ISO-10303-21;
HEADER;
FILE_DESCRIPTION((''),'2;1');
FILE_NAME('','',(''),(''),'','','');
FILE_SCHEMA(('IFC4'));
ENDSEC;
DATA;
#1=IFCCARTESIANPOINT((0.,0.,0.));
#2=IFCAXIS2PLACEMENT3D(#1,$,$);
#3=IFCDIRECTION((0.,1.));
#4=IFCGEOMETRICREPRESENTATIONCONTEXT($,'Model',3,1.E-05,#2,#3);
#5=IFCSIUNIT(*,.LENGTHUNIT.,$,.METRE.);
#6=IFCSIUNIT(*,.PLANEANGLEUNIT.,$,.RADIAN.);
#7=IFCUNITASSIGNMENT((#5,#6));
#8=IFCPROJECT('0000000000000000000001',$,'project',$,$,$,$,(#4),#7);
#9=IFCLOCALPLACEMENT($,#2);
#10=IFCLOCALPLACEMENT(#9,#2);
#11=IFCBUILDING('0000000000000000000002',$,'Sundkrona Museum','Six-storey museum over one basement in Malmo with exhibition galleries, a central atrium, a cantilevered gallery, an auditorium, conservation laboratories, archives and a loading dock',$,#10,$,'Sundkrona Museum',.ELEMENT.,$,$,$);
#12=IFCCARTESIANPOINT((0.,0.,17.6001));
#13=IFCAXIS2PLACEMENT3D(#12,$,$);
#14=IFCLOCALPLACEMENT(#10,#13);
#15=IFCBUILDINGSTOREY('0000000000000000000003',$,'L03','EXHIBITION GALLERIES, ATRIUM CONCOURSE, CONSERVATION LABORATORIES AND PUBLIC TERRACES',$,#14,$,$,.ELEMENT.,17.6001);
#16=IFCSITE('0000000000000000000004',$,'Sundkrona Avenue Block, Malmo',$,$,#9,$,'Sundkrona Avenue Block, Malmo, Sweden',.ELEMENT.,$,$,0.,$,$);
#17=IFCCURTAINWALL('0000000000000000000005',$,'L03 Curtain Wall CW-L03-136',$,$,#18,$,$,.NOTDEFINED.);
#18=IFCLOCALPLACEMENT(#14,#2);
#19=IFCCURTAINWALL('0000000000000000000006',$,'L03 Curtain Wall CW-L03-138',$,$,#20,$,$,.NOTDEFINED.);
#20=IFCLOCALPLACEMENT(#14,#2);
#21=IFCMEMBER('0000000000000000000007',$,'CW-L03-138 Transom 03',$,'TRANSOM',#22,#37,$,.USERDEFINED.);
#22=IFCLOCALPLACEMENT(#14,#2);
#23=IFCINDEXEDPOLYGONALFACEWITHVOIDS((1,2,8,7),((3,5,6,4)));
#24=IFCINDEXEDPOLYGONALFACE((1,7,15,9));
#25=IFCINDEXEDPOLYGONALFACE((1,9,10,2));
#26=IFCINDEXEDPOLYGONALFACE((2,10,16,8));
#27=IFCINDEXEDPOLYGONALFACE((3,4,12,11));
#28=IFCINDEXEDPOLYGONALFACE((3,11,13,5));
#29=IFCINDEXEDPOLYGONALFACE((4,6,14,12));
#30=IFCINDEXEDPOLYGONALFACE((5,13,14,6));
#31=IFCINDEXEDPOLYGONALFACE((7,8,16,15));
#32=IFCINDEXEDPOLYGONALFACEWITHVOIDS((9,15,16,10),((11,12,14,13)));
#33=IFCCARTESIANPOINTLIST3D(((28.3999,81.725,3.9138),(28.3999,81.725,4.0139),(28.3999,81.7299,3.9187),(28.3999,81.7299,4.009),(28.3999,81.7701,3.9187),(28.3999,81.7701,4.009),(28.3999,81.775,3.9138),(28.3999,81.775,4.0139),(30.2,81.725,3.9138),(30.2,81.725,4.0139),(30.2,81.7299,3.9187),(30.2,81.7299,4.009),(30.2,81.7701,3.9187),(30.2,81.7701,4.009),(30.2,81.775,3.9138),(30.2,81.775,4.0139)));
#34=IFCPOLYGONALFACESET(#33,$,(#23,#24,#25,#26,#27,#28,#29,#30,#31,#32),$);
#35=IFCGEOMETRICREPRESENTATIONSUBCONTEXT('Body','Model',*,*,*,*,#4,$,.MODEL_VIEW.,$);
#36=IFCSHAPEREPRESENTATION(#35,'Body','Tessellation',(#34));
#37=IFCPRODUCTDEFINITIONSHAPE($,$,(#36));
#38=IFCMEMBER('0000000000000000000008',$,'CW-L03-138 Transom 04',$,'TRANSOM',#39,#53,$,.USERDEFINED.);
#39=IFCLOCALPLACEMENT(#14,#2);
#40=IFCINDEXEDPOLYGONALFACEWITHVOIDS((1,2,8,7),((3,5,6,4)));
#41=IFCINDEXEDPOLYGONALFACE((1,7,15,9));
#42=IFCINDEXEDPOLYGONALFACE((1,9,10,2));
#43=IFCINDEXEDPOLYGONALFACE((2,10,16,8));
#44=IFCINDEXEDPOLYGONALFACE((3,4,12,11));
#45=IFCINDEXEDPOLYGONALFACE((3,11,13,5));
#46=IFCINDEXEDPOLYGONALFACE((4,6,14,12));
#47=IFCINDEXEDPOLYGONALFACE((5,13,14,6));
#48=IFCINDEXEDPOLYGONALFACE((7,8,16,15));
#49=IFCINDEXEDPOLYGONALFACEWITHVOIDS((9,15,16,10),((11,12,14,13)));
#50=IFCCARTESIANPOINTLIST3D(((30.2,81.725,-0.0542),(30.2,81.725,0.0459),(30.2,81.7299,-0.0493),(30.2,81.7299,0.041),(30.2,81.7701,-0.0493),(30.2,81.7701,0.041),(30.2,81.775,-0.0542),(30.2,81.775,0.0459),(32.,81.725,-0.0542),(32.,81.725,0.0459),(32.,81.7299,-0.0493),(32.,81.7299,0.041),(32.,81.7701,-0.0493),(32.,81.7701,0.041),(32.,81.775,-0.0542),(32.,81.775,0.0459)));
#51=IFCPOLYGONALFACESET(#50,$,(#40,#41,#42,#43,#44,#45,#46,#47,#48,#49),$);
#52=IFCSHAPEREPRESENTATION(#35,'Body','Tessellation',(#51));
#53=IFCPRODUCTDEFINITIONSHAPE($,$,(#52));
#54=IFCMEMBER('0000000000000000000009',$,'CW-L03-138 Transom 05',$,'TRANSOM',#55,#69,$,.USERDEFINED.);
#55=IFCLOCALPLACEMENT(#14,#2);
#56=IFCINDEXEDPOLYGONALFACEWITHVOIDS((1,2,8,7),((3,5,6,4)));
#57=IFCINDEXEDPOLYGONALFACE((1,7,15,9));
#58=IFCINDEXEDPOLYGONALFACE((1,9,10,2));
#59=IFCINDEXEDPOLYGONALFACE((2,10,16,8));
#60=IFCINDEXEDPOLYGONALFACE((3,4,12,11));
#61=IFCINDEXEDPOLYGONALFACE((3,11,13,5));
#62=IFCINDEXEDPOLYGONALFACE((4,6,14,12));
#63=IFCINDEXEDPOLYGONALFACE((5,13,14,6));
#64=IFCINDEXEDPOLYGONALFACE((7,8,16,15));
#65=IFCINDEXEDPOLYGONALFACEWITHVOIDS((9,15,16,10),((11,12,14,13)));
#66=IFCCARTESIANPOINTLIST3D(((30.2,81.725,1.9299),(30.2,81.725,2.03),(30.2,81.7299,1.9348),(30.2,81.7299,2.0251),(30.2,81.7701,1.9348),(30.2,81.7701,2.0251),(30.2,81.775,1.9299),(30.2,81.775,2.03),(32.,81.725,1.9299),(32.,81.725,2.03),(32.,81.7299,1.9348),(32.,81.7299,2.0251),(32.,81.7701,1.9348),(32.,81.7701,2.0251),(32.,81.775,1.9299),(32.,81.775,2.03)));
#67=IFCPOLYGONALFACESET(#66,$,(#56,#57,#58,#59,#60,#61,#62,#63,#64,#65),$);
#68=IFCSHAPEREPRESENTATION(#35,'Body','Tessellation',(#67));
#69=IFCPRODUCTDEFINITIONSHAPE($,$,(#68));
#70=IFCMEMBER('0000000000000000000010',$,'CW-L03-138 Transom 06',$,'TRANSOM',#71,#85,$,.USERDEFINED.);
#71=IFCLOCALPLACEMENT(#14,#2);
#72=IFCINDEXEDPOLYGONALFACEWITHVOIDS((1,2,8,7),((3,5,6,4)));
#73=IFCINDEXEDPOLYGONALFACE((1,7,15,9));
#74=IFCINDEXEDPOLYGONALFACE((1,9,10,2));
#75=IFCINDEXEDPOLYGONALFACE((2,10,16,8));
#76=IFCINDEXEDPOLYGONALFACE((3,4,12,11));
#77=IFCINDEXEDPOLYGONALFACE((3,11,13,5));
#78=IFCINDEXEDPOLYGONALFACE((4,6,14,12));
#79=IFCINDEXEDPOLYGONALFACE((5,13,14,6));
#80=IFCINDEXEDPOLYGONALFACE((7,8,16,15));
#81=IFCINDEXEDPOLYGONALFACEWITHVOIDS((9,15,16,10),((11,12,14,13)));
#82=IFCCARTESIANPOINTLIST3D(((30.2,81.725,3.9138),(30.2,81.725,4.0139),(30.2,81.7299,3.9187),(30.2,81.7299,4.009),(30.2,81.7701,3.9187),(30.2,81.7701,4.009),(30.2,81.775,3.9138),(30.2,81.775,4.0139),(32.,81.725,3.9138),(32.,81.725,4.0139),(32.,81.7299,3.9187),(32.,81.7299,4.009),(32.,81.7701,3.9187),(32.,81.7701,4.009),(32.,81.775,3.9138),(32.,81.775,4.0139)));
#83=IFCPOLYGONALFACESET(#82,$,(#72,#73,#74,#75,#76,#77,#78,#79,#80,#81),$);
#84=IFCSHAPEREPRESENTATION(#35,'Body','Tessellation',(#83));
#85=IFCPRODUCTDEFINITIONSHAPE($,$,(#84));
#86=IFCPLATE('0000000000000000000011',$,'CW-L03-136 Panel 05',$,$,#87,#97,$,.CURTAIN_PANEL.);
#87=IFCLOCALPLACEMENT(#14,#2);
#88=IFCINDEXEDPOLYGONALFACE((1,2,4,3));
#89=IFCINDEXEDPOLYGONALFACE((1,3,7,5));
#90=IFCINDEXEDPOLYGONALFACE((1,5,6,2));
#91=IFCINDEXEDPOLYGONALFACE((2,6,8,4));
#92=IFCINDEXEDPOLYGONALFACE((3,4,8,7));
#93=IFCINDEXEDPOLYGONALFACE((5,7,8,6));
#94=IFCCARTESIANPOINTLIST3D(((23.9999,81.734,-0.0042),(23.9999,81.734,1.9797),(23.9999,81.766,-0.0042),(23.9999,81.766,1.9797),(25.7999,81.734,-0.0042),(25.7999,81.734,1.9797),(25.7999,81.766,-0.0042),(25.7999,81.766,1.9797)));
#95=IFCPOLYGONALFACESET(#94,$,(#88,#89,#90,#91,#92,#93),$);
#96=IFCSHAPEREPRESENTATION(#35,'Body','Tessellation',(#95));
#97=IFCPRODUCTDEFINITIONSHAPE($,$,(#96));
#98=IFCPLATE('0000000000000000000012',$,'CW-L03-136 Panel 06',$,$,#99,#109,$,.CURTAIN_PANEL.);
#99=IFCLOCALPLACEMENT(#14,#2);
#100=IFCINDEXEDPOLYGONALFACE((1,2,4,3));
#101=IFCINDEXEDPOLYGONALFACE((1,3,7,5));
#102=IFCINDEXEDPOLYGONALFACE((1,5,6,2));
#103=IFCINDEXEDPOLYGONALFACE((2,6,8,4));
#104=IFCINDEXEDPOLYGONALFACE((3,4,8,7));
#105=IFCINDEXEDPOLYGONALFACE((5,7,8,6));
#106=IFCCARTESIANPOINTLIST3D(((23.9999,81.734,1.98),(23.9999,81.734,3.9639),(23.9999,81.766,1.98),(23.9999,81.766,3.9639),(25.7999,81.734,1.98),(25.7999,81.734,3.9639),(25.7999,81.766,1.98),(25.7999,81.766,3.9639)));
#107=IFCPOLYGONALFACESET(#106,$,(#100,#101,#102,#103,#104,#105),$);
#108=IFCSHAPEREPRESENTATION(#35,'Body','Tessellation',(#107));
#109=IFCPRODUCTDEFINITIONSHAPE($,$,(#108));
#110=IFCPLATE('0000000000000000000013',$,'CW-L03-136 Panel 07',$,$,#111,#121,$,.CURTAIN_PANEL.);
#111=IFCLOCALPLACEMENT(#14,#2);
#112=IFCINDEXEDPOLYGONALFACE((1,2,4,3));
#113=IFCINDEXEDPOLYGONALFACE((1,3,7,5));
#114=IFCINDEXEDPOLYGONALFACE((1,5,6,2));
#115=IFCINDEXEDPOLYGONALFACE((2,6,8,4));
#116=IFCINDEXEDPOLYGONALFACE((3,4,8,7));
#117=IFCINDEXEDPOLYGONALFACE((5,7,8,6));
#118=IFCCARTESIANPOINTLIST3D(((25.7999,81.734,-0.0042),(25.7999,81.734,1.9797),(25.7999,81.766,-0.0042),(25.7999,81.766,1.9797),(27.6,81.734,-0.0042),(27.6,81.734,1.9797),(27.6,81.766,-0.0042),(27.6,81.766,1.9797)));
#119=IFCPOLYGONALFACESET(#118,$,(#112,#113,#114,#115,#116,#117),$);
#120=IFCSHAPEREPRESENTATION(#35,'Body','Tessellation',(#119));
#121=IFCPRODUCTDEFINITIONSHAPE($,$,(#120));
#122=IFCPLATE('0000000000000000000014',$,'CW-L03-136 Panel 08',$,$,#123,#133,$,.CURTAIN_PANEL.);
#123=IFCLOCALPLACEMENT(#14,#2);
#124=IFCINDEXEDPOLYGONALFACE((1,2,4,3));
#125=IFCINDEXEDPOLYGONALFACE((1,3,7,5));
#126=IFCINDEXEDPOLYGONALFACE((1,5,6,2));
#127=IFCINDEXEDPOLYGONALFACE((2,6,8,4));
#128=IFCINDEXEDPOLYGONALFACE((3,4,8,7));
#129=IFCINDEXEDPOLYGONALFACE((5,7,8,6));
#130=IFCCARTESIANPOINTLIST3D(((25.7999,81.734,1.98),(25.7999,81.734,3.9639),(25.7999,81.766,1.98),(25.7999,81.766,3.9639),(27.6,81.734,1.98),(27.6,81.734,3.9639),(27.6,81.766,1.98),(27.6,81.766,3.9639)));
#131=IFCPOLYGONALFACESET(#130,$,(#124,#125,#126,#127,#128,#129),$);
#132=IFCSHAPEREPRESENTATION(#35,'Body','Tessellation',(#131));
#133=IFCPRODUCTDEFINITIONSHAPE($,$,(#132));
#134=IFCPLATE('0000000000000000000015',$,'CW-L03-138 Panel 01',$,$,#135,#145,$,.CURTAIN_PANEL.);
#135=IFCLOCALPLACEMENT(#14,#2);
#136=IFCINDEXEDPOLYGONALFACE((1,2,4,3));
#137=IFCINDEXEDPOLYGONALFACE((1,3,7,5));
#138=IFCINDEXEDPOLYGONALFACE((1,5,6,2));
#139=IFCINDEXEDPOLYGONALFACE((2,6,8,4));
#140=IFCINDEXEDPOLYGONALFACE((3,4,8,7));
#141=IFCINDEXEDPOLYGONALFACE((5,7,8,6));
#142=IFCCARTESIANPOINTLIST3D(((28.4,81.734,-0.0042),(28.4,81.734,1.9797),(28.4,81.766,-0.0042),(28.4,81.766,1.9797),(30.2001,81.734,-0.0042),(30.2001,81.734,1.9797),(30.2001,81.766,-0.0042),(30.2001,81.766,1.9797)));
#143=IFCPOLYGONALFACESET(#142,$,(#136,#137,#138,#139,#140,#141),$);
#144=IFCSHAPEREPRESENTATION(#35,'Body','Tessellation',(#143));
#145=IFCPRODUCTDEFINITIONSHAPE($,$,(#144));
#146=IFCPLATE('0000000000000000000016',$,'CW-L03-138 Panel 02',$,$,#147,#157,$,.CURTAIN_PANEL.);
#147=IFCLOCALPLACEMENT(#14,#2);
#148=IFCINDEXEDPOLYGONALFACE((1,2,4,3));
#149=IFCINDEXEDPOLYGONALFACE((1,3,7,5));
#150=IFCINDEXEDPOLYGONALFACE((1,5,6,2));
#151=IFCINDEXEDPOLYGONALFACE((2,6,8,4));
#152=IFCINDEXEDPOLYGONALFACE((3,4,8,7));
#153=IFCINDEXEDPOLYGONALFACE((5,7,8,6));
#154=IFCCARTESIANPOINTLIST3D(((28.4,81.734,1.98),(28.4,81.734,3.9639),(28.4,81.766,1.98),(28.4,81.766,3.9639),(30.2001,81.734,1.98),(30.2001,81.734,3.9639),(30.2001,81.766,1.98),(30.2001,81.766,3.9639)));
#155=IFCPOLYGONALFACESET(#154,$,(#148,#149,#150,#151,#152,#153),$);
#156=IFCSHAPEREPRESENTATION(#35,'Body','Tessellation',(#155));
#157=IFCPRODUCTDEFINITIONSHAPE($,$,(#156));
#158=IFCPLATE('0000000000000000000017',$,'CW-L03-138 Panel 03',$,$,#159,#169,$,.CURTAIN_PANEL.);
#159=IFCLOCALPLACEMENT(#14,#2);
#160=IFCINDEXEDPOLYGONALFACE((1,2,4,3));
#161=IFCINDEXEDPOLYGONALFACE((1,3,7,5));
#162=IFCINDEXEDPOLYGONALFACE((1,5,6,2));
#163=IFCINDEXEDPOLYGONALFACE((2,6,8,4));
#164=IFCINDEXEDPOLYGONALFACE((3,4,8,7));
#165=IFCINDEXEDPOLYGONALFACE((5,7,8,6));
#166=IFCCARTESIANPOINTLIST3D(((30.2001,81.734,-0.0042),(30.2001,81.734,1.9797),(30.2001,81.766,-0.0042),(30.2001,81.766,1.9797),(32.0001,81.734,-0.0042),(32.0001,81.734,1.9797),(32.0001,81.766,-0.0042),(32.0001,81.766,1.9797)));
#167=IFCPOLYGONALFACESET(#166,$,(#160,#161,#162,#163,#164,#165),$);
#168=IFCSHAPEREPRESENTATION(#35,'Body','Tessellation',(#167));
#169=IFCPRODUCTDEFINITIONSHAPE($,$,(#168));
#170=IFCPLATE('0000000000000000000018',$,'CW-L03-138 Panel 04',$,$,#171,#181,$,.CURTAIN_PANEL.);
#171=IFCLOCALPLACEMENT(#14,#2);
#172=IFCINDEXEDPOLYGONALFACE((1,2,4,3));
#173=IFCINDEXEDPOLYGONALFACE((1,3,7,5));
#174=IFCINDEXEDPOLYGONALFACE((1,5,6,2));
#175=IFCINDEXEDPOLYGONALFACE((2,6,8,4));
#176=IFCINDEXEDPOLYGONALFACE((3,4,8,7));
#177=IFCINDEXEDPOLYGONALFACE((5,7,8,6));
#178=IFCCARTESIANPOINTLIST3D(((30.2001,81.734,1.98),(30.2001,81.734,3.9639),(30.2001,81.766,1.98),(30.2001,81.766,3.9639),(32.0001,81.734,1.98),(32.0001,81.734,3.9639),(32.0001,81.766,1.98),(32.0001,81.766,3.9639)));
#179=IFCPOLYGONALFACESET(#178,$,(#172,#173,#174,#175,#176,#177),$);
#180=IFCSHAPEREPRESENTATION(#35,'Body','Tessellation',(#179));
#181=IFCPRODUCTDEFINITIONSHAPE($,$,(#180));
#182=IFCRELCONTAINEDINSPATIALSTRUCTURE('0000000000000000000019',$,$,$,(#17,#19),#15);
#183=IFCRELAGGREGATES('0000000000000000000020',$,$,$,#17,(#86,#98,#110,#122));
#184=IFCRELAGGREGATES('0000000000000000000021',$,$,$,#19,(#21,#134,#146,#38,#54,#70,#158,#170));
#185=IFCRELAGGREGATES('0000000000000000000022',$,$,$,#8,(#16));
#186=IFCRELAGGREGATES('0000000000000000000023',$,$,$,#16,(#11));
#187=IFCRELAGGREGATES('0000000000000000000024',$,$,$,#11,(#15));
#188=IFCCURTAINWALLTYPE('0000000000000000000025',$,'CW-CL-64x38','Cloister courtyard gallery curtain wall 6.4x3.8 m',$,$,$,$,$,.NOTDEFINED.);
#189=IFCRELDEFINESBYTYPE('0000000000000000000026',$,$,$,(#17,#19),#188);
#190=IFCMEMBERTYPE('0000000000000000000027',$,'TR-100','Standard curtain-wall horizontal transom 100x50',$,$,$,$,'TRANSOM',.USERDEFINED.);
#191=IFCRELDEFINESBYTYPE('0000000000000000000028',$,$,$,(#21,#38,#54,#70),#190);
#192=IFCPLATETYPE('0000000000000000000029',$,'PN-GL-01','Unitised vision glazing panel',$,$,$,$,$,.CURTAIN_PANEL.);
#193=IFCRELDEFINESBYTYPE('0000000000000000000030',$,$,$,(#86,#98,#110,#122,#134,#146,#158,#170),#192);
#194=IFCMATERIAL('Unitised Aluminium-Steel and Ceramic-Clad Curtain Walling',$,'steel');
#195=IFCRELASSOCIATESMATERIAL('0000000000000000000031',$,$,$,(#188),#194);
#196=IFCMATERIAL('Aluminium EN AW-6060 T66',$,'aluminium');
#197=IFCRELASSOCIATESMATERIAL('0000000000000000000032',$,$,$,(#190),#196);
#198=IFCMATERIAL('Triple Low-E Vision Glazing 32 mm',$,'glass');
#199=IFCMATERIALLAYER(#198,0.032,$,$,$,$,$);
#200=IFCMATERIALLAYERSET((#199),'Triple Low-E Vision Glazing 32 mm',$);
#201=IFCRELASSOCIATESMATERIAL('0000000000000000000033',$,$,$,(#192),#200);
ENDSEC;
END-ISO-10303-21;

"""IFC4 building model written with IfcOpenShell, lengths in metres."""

from ifc_helpers import new_model, si_unit, direction, frame, origin, origin_2d, place, context, subcontext, project, spatial, rectangle, hollow_rectangle, extrude, material, layer, layer_set, material_profile, profile_set, type_object, element, aggregate, save


model = new_model("IFC4")

# Units and contexts
model_context = context("Model", 3, precision=1e-05, world=origin(), true_north=direction((0.0, 1.0)))
body_context = subcontext(model_context, "Body", "Model", "MODEL_VIEW")
ifc_project = project(units=[si_unit("LENGTHUNIT", "METRE"), si_unit("PLANEANGLEUNIT", "RADIAN")], contexts=[model_context])

# Site, building, storey
site_placement = place(None, origin())
site = spatial("IfcSite", under=ifc_project, at=site_placement, Name="Sundkrona Avenue Block, Malmo", LongName="Sundkrona Avenue Block, Malmo, Sweden", CompositionType="ELEMENT", RefElevation=0.0)
building_placement = place(site_placement, origin())
building = spatial("IfcBuilding", under=site, at=building_placement, Name="Sundkrona Museum", Description="Six-storey museum over one basement in Malmo with exhibition galleries, a central atrium, a cantilevered gallery, an auditorium, conservation laboratories, archives and a loading dock", LongName="Sundkrona Museum", CompositionType="ELEMENT")
storey_placement = place(building_placement, frame((0.0, 0.0, 17.6001)))
storey = spatial("IfcBuildingStorey", under=building, at=storey_placement, Name="L03", Description="EXHIBITION GALLERIES, ATRIUM CONCOURSE, CONSERVATION LABORATORIES AND PUBLIC TERRACES", CompositionType="ELEMENT", Elevation=17.6001)

# Curtain walls
ifc_material_1 = material(Name="Unitised Aluminium-Steel and Ceramic-Clad Curtain Walling", Category="steel")
curtain_wall_type = type_object("IfcCurtainWallType", Name="CW-CL-64x38", Description="Cloister courtyard gallery curtain wall 6.4x3.8 m", PredefinedType="NOTDEFINED", material=ifc_material_1)
curtain_wall_1_placement = place(storey_placement, origin())
curtain_wall_1 = element("IfcCurtainWall", 1, at=curtain_wall_1_placement, inside=storey, type_object=curtain_wall_type, Name="L03 Curtain Wall CW-L03-136", PredefinedType="NOTDEFINED")
ifc_material_2 = material(Name="Aluminium EN AW-6060 T66", Category="aluminium")
curtain_wall_2_placement = place(storey_placement, origin())
curtain_wall_2 = element("IfcCurtainWall", 2, at=curtain_wall_2_placement, inside=storey, type_object=curtain_wall_type, Name="L03 Curtain Wall CW-L03-138", PredefinedType="NOTDEFINED")

# Members
ifc_material_profile_1 = material_profile(ifc_material_2, hollow_rectangle(XDim=0.05, YDim=0.1001, WallThickness=0.0049, at=origin_2d()), Name="RHS 100x50x5.0")
ifc_profile_set_1 = profile_set([ifc_material_profile_1], Name="Aluminium EN AW-6060 T66")
member_type_1 = type_object("IfcMemberType", Name="TR-100", Description="Standard curtain-wall horizontal transom 100x50", ElementType="TRANSOM", PredefinedType="USERDEFINED", material=ifc_profile_set_1)
member_1_placement = place(storey_placement, frame((28.3999, 81.75, 3.9639), z_axis=(1.0, 0.0, 0.0), x_axis=(0.0, 1.0, 0.0)))
member_1 = element("IfcMember", 3, at=member_1_placement, type_object=member_type_1, Name="CW-L03-138 Transom 03", ObjectType="TRANSOM", PredefinedType="USERDEFINED", context=body_context, shape_type="SweptSolid", body=[
    extrude(hollow_rectangle(XDim=0.05, YDim=0.1001, WallThickness=0.0049, at=origin_2d()), origin(), (0.0, 0.0, 1.0), 1.8),
])
member_2_placement = place(storey_placement, frame((30.2, 81.75, -0.0042), z_axis=(1.0, 0.0, 0.0), x_axis=(0.0, 1.0, 0.0)))
member_2 = element("IfcMember", 4, at=member_2_placement, type_object=member_type_1, Name="CW-L03-138 Transom 04", ObjectType="TRANSOM", PredefinedType="USERDEFINED", context=body_context, shape_type="SweptSolid", body=[
    extrude(hollow_rectangle(XDim=0.05, YDim=0.1001, WallThickness=0.0049, at=origin_2d()), origin(), (0.0, 0.0, 1.0), 1.8),
])
member_3_placement = place(storey_placement, frame((30.2, 81.75, 1.98), z_axis=(1.0, 0.0, 0.0), x_axis=(0.0, 1.0, 0.0)))
member_3 = element("IfcMember", 5, at=member_3_placement, type_object=member_type_1, Name="CW-L03-138 Transom 05", ObjectType="TRANSOM", PredefinedType="USERDEFINED", context=body_context, shape_type="SweptSolid", body=[
    extrude(hollow_rectangle(XDim=0.05, YDim=0.1001, WallThickness=0.0049, at=origin_2d()), origin(), (0.0, 0.0, 1.0), 1.8),
])
member_4_placement = place(storey_placement, frame((30.2, 81.75, 3.9639), z_axis=(1.0, 0.0, 0.0), x_axis=(0.0, 1.0, 0.0)))
member_4 = element("IfcMember", 6, at=member_4_placement, type_object=member_type_1, Name="CW-L03-138 Transom 06", ObjectType="TRANSOM", PredefinedType="USERDEFINED", context=body_context, shape_type="SweptSolid", body=[
    extrude(hollow_rectangle(XDim=0.05, YDim=0.1001, WallThickness=0.0049, at=origin_2d()), origin(), (0.0, 0.0, 1.0), 1.8),
])

# Plates
ifc_material_3 = material(Name="Triple Low-E Vision Glazing 32 mm", Category="glass")
ifc_layer_1 = layer(ifc_material_3, 0.032)
ifc_layer_set_1 = layer_set([ifc_layer_1], Name="Triple Low-E Vision Glazing 32 mm")
plate_type = type_object("IfcPlateType", Name="PN-GL-01", Description="Unitised vision glazing panel", PredefinedType="CURTAIN_PANEL", material=ifc_layer_set_1)
plate_1_placement = place(storey_placement, frame((24.8999, 81.75, -0.0042), z_axis=(0.0, 0.0, 1.0), x_axis=(1.0, 0.0, 0.0)))
plate_1 = element("IfcPlate", 7, at=plate_1_placement, type_object=plate_type, Name="CW-L03-136 Panel 05", PredefinedType="CURTAIN_PANEL", context=body_context, shape_type="SweptSolid", body=[
    extrude(rectangle(XDim=1.8, YDim=0.032, at=origin_2d()), origin(), (0.0, 0.0, 1.0), 1.9839),
])
plate_2_placement = place(storey_placement, frame((24.8999, 81.75, 1.98), z_axis=(0.0, 0.0, 1.0), x_axis=(1.0, 0.0, 0.0)))
plate_2 = element("IfcPlate", 8, at=plate_2_placement, type_object=plate_type, Name="CW-L03-136 Panel 06", PredefinedType="CURTAIN_PANEL", context=body_context, shape_type="SweptSolid", body=[
    extrude(rectangle(XDim=1.8, YDim=0.032, at=origin_2d()), origin(), (0.0, 0.0, 1.0), 1.9839),
])
plate_3_placement = place(storey_placement, frame((26.7, 81.75, -0.0042), z_axis=(0.0, 0.0, 1.0), x_axis=(1.0, 0.0, 0.0)))
plate_3 = element("IfcPlate", 9, at=plate_3_placement, type_object=plate_type, Name="CW-L03-136 Panel 07", PredefinedType="CURTAIN_PANEL", context=body_context, shape_type="SweptSolid", body=[
    extrude(rectangle(XDim=1.8, YDim=0.032, at=origin_2d()), origin(), (0.0, 0.0, 1.0), 1.9839),
])
plate_4_placement = place(storey_placement, frame((26.7, 81.75, 1.98), z_axis=(0.0, 0.0, 1.0), x_axis=(1.0, 0.0, 0.0)))
plate_4 = element("IfcPlate", 10, at=plate_4_placement, type_object=plate_type, Name="CW-L03-136 Panel 08", PredefinedType="CURTAIN_PANEL", context=body_context, shape_type="SweptSolid", body=[
    extrude(rectangle(XDim=1.8, YDim=0.032, at=origin_2d()), origin(), (0.0, 0.0, 1.0), 1.9839),
])
aggregate(curtain_wall_1, [plate_1, plate_2, plate_3, plate_4])
plate_5_placement = place(storey_placement, frame((29.3, 81.75, -0.0042), z_axis=(0.0, 0.0, 1.0), x_axis=(1.0, 0.0, 0.0)))
plate_5 = element("IfcPlate", 11, at=plate_5_placement, type_object=plate_type, Name="CW-L03-138 Panel 01", PredefinedType="CURTAIN_PANEL", context=body_context, shape_type="SweptSolid", body=[
    extrude(rectangle(XDim=1.8, YDim=0.032, at=origin_2d()), origin(), (0.0, 0.0, 1.0), 1.9839),
])
plate_6_placement = place(storey_placement, frame((29.3, 81.75, 1.98), z_axis=(0.0, 0.0, 1.0), x_axis=(1.0, 0.0, 0.0)))
plate_6 = element("IfcPlate", 12, at=plate_6_placement, type_object=plate_type, Name="CW-L03-138 Panel 02", PredefinedType="CURTAIN_PANEL", context=body_context, shape_type="SweptSolid", body=[
    extrude(rectangle(XDim=1.8, YDim=0.032, at=origin_2d()), origin(), (0.0, 0.0, 1.0), 1.9839),
])
plate_7_placement = place(storey_placement, frame((31.1001, 81.75, -0.0042), z_axis=(0.0, 0.0, 1.0), x_axis=(1.0, 0.0, 0.0)))
plate_7 = element("IfcPlate", 13, at=plate_7_placement, type_object=plate_type, Name="CW-L03-138 Panel 03", PredefinedType="CURTAIN_PANEL", context=body_context, shape_type="SweptSolid", body=[
    extrude(rectangle(XDim=1.8, YDim=0.032, at=origin_2d()), origin(), (0.0, 0.0, 1.0), 1.9839),
])
plate_8_placement = place(storey_placement, frame((31.1001, 81.75, 1.98), z_axis=(0.0, 0.0, 1.0), x_axis=(1.0, 0.0, 0.0)))
plate_8 = element("IfcPlate", 14, at=plate_8_placement, type_object=plate_type, Name="CW-L03-138 Panel 04", PredefinedType="CURTAIN_PANEL", context=body_context, shape_type="SweptSolid", body=[
    extrude(rectangle(XDim=1.8, YDim=0.032, at=origin_2d()), origin(), (0.0, 0.0, 1.0), 1.9839),
])
aggregate(curtain_wall_2, [member_1, plate_5, plate_6, member_2, member_3, member_4, plate_7, plate_8])

save(model, "model.ifc")
